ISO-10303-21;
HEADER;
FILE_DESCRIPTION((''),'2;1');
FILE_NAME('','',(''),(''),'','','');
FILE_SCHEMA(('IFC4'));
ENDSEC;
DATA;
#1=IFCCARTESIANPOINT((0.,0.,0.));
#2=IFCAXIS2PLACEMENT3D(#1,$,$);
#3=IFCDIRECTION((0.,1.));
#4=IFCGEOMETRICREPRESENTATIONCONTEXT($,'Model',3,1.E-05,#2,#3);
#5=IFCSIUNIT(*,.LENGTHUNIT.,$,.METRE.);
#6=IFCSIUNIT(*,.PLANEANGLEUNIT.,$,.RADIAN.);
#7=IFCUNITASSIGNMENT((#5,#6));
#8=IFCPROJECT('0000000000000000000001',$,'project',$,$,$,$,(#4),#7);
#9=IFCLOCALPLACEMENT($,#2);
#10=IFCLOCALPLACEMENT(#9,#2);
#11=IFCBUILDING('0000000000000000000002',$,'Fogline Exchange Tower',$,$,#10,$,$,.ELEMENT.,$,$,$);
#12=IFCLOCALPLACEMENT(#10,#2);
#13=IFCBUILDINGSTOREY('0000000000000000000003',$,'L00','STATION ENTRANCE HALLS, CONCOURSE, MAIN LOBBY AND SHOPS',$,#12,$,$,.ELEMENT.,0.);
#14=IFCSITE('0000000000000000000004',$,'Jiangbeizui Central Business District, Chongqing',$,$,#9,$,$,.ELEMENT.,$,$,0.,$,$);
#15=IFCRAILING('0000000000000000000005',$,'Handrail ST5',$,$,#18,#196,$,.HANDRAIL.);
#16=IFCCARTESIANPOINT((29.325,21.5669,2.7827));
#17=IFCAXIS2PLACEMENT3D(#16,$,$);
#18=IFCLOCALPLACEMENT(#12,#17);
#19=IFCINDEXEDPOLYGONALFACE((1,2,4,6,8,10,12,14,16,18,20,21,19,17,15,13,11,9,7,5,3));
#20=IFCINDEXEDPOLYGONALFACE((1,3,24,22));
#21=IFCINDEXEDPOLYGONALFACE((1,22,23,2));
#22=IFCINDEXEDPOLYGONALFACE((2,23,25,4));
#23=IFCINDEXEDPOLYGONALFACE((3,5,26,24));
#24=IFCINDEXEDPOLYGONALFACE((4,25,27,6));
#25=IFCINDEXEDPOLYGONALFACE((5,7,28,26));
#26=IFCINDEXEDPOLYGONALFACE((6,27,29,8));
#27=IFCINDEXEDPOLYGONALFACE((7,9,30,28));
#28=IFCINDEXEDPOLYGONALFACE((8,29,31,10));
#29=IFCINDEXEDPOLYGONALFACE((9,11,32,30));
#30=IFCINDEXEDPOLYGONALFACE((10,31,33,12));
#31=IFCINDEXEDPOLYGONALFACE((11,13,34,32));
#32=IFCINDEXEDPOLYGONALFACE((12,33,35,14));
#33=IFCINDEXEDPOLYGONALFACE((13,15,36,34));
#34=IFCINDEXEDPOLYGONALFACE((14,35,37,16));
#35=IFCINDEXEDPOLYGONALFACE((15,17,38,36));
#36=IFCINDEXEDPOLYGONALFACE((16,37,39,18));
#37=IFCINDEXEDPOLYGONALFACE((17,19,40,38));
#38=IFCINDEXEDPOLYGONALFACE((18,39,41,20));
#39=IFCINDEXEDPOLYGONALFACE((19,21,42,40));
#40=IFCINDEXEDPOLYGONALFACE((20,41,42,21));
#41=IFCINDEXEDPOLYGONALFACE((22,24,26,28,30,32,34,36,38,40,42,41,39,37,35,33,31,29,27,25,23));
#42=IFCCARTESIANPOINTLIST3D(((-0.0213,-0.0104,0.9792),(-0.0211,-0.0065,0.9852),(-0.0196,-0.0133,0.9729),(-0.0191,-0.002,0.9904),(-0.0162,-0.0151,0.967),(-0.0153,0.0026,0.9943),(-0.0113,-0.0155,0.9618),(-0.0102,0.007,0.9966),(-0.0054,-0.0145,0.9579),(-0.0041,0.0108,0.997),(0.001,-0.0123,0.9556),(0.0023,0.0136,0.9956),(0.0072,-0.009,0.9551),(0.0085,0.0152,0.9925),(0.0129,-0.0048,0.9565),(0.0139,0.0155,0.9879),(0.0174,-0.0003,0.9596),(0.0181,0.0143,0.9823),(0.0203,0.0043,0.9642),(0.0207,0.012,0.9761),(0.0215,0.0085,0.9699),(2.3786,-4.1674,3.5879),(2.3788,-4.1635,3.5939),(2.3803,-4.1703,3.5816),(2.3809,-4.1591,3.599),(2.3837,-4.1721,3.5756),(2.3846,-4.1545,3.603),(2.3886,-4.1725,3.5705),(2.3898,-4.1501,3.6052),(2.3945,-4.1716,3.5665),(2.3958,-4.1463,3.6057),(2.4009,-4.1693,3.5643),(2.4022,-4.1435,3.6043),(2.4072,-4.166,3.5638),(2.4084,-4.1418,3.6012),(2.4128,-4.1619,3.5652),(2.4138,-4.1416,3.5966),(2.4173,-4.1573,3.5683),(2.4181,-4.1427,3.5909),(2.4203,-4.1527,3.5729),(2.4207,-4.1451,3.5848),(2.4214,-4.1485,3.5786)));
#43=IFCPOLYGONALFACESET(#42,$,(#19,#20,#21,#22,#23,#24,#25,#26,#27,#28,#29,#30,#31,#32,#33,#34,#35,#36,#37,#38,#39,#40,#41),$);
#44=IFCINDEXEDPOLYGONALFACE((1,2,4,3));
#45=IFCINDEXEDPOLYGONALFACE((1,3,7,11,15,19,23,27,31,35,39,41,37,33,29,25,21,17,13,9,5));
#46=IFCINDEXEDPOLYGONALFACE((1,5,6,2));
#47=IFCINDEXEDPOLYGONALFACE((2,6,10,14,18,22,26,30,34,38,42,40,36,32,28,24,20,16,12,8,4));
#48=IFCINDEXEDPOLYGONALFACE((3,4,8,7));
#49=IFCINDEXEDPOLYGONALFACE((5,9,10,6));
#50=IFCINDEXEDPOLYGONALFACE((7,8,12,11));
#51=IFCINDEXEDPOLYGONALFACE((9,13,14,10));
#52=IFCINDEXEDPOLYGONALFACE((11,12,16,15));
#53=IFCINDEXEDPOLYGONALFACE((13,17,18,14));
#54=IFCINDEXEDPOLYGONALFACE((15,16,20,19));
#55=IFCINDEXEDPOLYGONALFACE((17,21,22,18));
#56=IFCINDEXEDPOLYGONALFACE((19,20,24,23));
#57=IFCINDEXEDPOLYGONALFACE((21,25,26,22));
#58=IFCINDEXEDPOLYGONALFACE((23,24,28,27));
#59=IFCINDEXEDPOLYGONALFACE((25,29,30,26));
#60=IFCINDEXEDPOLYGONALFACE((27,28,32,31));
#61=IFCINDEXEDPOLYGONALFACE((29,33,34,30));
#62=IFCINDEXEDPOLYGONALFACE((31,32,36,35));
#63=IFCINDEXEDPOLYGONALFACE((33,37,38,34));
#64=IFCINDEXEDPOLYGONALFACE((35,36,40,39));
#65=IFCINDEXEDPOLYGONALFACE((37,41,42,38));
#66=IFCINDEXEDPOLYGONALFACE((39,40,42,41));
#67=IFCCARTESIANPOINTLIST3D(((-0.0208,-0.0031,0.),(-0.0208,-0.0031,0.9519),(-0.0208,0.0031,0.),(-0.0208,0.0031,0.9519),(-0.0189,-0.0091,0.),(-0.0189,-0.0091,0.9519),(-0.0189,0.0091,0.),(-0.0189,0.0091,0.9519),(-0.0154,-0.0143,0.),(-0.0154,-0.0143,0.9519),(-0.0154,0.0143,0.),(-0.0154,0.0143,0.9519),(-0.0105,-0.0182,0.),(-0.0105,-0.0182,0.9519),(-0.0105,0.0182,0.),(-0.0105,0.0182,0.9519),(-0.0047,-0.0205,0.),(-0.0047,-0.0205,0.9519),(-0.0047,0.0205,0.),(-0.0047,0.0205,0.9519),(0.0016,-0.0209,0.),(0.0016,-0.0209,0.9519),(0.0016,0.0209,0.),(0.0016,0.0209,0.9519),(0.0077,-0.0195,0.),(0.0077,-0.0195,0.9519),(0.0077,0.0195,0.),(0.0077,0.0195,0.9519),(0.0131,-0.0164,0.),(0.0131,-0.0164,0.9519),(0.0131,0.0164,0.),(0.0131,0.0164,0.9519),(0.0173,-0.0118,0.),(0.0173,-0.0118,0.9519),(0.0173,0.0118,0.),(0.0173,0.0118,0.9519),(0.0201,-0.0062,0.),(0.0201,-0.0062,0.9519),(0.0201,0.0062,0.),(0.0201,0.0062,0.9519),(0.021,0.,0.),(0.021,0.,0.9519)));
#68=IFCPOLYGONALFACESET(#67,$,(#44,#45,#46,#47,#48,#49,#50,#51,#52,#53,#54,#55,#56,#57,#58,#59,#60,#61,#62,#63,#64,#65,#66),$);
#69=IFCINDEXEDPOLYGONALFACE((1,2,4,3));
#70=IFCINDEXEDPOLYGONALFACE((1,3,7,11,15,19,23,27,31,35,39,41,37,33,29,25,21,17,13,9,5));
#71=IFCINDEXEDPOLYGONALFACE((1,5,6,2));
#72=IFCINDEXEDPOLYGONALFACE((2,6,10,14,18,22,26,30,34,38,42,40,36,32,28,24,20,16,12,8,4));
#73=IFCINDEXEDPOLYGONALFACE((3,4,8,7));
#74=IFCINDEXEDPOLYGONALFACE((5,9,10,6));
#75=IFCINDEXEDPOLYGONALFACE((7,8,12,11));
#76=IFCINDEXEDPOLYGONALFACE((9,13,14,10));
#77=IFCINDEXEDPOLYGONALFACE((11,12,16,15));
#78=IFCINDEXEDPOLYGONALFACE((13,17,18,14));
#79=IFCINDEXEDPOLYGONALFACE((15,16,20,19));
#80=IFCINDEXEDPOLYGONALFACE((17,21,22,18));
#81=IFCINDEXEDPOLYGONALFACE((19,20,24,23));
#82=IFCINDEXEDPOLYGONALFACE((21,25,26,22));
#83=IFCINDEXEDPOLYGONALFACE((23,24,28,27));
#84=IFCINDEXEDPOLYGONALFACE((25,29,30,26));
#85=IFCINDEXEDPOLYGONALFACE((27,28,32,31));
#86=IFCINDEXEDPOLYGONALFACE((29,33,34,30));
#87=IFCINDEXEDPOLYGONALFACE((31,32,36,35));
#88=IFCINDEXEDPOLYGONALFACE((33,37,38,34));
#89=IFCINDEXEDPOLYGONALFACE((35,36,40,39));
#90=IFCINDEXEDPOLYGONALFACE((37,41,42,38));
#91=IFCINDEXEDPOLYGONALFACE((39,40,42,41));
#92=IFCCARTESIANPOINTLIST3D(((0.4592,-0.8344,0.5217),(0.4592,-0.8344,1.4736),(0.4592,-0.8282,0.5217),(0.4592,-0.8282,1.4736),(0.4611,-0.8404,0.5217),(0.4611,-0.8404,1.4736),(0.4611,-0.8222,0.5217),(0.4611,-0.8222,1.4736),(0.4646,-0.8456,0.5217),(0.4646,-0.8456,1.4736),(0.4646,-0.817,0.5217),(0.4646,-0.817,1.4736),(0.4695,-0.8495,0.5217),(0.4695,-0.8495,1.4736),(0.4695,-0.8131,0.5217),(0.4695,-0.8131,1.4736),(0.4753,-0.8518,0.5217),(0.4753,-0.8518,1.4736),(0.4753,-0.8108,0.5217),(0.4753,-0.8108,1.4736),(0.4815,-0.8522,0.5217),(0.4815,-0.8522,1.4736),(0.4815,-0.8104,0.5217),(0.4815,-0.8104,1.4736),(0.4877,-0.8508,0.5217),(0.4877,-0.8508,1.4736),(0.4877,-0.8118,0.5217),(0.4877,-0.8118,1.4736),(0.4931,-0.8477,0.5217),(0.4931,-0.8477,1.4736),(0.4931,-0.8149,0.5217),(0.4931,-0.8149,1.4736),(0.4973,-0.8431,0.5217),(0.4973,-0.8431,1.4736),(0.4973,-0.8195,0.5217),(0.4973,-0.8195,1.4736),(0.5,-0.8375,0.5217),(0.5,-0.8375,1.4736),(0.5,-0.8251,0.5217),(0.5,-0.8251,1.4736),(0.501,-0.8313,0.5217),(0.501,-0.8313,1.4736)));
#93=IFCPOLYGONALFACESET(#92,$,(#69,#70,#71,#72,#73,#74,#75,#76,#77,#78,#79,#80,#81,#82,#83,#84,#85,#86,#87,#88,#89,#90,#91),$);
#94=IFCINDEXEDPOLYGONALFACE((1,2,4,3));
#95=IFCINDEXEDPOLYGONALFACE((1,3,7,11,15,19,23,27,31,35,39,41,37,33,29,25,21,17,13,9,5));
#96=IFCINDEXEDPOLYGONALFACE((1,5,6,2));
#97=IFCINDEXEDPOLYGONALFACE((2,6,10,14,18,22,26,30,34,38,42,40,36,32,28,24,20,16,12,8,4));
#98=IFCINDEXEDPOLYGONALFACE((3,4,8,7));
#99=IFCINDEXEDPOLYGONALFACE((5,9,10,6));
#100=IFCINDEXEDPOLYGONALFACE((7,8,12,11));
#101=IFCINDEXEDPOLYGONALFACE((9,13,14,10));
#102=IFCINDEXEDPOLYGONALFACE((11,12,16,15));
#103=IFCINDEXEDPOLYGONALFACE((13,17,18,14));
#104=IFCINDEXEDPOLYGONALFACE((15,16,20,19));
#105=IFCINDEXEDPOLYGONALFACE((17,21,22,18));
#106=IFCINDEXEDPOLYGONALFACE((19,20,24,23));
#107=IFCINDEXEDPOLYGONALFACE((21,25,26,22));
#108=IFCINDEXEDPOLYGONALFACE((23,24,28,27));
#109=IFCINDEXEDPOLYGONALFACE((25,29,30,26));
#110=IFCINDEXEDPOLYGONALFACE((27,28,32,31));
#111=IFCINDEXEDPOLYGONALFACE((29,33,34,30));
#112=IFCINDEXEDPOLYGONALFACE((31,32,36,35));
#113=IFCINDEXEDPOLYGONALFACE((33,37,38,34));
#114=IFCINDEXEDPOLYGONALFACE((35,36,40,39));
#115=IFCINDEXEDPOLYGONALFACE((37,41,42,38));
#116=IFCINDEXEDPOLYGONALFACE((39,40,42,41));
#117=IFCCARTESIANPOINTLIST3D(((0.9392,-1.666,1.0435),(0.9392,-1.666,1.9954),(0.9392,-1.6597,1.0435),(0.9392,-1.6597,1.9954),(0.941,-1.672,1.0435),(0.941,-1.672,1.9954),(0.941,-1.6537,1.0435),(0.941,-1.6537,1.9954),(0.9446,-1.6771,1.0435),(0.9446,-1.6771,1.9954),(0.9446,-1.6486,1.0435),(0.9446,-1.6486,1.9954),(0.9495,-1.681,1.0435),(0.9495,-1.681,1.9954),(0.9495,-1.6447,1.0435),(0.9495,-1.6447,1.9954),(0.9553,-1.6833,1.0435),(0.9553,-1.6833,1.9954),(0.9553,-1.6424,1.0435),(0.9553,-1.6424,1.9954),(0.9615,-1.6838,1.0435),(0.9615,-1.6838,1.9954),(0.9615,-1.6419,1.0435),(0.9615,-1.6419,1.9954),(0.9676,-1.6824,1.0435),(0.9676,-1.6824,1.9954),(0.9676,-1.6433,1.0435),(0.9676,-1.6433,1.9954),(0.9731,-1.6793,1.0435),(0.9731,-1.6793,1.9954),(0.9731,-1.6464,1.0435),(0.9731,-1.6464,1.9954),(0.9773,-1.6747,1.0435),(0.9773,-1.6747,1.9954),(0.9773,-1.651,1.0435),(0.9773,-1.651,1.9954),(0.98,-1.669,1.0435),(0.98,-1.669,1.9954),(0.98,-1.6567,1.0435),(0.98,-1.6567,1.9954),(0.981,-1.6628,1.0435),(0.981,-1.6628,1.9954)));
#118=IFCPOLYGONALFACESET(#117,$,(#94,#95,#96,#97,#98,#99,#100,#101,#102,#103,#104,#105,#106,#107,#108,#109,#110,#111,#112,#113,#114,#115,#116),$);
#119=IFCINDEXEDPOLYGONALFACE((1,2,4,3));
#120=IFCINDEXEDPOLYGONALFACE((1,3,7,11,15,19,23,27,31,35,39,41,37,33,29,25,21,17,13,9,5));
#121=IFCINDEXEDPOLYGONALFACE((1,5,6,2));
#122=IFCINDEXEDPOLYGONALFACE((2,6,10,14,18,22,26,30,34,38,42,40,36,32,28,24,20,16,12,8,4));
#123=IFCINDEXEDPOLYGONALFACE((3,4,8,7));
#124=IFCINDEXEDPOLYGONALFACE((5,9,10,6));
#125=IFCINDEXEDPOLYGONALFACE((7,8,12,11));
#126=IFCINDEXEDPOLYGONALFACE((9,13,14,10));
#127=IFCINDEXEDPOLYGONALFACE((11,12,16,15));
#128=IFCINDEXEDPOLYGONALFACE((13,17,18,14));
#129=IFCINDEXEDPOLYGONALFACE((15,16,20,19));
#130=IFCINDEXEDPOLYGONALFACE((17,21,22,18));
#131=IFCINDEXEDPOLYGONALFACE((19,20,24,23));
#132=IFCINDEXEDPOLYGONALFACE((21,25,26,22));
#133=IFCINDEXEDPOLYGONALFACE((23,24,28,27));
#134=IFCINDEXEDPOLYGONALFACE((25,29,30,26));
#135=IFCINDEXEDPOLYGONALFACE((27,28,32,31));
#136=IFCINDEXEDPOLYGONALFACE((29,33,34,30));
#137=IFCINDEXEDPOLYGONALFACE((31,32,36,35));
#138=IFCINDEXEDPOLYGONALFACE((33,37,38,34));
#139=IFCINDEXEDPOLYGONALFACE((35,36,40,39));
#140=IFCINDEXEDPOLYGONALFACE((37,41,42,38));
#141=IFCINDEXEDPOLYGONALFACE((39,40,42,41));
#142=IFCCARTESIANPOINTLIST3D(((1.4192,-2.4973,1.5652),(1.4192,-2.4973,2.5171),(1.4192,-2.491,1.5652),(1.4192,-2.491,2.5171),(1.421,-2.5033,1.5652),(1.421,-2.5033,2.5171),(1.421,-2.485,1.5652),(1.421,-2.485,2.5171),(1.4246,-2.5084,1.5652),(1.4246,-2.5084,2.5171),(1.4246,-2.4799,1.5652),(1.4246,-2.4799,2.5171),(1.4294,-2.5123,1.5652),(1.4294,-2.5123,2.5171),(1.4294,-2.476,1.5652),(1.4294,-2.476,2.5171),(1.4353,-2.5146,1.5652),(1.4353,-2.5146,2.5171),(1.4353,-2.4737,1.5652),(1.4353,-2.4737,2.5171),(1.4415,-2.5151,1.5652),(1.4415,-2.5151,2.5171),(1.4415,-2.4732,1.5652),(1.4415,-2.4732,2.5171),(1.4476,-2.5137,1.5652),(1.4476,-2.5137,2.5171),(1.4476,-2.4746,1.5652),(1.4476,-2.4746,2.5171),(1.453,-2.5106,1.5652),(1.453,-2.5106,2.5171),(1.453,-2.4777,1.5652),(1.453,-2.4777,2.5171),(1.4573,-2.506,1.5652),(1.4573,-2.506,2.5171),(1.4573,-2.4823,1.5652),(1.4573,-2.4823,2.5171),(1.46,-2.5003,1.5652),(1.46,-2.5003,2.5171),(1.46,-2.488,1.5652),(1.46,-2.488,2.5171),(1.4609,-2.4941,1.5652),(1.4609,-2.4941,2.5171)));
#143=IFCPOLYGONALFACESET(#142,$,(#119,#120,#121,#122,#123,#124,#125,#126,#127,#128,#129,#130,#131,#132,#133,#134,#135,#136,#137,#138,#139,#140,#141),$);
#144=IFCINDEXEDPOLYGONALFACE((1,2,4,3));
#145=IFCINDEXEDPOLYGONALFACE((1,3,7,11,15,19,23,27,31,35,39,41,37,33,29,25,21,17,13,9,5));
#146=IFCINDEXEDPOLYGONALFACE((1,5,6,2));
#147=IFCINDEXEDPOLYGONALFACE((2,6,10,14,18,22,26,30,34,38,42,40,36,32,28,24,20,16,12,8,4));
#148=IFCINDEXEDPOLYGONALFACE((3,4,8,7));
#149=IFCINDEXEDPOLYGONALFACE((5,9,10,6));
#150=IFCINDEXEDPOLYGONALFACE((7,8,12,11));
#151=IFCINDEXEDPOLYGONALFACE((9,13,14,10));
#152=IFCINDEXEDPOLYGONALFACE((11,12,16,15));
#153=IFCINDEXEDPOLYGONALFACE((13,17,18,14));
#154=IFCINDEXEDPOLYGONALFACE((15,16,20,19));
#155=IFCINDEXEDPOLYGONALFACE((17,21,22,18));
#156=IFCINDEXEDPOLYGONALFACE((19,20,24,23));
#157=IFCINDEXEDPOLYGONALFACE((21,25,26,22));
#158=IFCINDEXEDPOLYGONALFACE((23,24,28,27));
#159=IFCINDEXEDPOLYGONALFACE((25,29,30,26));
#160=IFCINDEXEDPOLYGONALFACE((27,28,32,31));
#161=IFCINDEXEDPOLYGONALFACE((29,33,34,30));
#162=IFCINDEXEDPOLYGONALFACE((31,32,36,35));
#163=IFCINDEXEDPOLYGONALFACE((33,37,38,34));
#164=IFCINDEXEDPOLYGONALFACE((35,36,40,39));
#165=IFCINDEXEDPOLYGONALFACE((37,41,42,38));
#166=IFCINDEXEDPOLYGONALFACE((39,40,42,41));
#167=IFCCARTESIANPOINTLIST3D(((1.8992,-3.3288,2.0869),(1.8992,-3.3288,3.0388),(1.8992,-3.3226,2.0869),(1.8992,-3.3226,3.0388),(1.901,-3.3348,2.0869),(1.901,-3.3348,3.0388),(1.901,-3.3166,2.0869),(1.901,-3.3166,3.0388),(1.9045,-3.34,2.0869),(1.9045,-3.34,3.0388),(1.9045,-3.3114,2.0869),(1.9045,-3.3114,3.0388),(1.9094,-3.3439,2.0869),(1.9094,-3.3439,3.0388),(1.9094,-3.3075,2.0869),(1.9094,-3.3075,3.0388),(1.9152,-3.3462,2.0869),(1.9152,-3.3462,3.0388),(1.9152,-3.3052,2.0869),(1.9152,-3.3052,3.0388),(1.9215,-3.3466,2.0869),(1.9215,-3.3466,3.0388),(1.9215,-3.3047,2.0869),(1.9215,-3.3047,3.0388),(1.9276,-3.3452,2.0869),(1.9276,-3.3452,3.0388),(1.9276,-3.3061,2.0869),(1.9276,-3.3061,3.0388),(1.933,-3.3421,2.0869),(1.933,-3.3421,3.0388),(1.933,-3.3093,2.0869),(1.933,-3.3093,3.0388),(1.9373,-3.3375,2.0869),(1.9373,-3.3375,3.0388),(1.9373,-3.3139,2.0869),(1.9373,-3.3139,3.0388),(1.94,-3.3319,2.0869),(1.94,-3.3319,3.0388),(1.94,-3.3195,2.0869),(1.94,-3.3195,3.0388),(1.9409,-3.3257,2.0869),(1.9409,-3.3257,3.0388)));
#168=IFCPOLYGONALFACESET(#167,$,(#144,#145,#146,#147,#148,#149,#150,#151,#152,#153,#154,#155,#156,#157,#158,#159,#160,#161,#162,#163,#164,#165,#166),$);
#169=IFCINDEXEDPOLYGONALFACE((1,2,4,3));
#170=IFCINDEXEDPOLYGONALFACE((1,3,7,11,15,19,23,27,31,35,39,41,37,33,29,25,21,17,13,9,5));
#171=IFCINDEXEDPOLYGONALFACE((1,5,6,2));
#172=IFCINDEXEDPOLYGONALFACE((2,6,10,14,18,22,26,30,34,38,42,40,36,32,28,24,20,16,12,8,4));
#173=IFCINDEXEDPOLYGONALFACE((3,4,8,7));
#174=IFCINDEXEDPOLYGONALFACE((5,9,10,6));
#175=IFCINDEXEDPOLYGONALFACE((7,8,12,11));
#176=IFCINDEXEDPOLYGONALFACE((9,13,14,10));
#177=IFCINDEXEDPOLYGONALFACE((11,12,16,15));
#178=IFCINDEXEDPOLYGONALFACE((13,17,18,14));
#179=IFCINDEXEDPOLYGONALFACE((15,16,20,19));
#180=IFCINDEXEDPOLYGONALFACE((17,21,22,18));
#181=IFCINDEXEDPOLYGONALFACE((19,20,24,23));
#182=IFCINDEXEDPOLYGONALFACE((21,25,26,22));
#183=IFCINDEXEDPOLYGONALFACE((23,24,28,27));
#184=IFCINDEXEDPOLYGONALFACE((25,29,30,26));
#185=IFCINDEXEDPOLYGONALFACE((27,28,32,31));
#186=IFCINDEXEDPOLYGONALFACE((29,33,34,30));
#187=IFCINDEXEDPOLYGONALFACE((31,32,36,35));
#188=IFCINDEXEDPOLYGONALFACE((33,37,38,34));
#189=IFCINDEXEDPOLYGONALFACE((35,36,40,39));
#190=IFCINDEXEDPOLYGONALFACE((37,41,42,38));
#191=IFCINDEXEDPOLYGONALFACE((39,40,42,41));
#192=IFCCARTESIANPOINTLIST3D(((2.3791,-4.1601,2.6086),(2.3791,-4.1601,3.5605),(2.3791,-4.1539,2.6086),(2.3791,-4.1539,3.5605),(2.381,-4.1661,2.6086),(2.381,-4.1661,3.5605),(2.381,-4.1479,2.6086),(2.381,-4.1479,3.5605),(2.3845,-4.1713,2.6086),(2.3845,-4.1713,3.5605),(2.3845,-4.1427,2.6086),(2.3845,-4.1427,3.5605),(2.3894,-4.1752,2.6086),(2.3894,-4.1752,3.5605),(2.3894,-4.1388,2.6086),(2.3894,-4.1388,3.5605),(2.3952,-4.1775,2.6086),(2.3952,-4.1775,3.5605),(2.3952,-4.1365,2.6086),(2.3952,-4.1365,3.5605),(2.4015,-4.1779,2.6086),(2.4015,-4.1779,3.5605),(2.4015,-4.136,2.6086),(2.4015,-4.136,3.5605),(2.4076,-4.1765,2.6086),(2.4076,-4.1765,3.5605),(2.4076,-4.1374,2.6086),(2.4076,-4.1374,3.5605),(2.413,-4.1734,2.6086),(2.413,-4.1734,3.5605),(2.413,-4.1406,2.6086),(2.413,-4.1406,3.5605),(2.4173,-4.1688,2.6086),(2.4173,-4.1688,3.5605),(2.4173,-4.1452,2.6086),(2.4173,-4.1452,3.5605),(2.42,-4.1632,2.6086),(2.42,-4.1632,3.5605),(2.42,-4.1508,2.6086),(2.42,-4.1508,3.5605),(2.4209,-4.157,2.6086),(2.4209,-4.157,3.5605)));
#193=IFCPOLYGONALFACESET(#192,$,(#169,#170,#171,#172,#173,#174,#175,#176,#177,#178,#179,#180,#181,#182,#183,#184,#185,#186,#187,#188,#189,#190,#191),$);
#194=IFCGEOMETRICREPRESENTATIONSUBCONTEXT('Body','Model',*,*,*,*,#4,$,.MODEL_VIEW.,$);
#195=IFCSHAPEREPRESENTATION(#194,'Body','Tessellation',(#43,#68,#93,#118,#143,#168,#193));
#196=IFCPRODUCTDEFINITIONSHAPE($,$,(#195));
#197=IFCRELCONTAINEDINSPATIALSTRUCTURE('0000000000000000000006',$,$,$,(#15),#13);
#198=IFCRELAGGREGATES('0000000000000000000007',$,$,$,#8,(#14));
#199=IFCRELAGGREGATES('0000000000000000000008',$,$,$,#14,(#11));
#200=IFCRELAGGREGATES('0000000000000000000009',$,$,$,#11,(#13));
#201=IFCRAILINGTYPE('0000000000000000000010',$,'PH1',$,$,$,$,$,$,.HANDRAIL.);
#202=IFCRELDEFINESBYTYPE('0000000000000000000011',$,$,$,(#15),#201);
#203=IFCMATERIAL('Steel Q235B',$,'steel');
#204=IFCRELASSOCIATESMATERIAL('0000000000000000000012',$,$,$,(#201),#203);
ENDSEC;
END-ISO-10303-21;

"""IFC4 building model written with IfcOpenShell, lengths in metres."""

from ifc_helpers import new_model, si_unit, direction, frame, origin, origin_2d, place, context, subcontext, project, spatial, circle, extrude, material, type_object, element, save


model = new_model("IFC4")

# Units and contexts
model_context = context("Model", 3, precision=1e-05, world=origin(), true_north=direction((0.0, 1.0)))
body_context = subcontext(model_context, "Body", "Model", "MODEL_VIEW")
ifc_project = project(units=[si_unit("LENGTHUNIT", "METRE"), si_unit("PLANEANGLEUNIT", "RADIAN")], contexts=[model_context])

# Site, building, storey
site_placement = place(None, origin())
site = spatial("IfcSite", under=ifc_project, at=site_placement, Name="Jiangbeizui Central Business District, Chongqing", CompositionType="ELEMENT", RefElevation=0.0)
building_placement = place(site_placement, origin())
building = spatial("IfcBuilding", under=site, at=building_placement, Name="Fogline Exchange Tower", CompositionType="ELEMENT")
storey_placement = place(building_placement, origin())
storey = spatial("IfcBuildingStorey", under=building, at=storey_placement, Name="L00", Description="STATION ENTRANCE HALLS, CONCOURSE, MAIN LOBBY AND SHOPS", CompositionType="ELEMENT", Elevation=0.0)

# Shared definitions
ifc_material_1 = material(Name="Steel Q235B", Category="steel")

# Railing
railing_type_1 = type_object("IfcRailingType", Name="PH1", PredefinedType="HANDRAIL", material=ifc_material_1)
for number, where, name in (
    (1, (29.325, 21.5669, 2.7827), "Handrail ST5"),
):
    element("IfcRailing", number, at=place(storey_placement, frame(where)), inside=storey, type_object=railing_type_1, Name=name, PredefinedType="HANDRAIL", context=body_context, shape_type="SweptSolid", body=[
        extrude(circle(Radius=0.0239, at=origin_2d()), frame((0.0, 0.0, 0.9761), z_axis=(0.439296, -0.760925, 0.477506), x_axis=(0.866037, 0.499979, 0.0)), (0.0, 0.0, 1.0), 5.4631),
        extrude(circle(Radius=0.021, at=origin_2d()), origin(), (0.0, 0.0, 1.0), 0.9519),
        extrude(circle(Radius=0.021, at=origin_2d()), frame((0.48, -0.8313, 0.5217)), (0.0, 0.0, 1.0), 0.9519),
        extrude(circle(Radius=0.021, at=origin_2d()), frame((0.96, -1.6628, 1.0435)), (0.0, 0.0, 1.0), 0.9519),
        extrude(circle(Radius=0.021, at=origin_2d()), frame((1.4399, -2.4941, 1.5652)), (0.0, 0.0, 1.0), 0.9519),
        extrude(circle(Radius=0.021, at=origin_2d()), frame((1.9199, -3.3257, 2.0869)), (0.0, 0.0, 1.0), 0.9519),
        extrude(circle(Radius=0.021, at=origin_2d()), frame((2.3999, -4.157, 2.6086)), (0.0, 0.0, 1.0), 0.9519),
    ])

save(model, "model.ifc")
